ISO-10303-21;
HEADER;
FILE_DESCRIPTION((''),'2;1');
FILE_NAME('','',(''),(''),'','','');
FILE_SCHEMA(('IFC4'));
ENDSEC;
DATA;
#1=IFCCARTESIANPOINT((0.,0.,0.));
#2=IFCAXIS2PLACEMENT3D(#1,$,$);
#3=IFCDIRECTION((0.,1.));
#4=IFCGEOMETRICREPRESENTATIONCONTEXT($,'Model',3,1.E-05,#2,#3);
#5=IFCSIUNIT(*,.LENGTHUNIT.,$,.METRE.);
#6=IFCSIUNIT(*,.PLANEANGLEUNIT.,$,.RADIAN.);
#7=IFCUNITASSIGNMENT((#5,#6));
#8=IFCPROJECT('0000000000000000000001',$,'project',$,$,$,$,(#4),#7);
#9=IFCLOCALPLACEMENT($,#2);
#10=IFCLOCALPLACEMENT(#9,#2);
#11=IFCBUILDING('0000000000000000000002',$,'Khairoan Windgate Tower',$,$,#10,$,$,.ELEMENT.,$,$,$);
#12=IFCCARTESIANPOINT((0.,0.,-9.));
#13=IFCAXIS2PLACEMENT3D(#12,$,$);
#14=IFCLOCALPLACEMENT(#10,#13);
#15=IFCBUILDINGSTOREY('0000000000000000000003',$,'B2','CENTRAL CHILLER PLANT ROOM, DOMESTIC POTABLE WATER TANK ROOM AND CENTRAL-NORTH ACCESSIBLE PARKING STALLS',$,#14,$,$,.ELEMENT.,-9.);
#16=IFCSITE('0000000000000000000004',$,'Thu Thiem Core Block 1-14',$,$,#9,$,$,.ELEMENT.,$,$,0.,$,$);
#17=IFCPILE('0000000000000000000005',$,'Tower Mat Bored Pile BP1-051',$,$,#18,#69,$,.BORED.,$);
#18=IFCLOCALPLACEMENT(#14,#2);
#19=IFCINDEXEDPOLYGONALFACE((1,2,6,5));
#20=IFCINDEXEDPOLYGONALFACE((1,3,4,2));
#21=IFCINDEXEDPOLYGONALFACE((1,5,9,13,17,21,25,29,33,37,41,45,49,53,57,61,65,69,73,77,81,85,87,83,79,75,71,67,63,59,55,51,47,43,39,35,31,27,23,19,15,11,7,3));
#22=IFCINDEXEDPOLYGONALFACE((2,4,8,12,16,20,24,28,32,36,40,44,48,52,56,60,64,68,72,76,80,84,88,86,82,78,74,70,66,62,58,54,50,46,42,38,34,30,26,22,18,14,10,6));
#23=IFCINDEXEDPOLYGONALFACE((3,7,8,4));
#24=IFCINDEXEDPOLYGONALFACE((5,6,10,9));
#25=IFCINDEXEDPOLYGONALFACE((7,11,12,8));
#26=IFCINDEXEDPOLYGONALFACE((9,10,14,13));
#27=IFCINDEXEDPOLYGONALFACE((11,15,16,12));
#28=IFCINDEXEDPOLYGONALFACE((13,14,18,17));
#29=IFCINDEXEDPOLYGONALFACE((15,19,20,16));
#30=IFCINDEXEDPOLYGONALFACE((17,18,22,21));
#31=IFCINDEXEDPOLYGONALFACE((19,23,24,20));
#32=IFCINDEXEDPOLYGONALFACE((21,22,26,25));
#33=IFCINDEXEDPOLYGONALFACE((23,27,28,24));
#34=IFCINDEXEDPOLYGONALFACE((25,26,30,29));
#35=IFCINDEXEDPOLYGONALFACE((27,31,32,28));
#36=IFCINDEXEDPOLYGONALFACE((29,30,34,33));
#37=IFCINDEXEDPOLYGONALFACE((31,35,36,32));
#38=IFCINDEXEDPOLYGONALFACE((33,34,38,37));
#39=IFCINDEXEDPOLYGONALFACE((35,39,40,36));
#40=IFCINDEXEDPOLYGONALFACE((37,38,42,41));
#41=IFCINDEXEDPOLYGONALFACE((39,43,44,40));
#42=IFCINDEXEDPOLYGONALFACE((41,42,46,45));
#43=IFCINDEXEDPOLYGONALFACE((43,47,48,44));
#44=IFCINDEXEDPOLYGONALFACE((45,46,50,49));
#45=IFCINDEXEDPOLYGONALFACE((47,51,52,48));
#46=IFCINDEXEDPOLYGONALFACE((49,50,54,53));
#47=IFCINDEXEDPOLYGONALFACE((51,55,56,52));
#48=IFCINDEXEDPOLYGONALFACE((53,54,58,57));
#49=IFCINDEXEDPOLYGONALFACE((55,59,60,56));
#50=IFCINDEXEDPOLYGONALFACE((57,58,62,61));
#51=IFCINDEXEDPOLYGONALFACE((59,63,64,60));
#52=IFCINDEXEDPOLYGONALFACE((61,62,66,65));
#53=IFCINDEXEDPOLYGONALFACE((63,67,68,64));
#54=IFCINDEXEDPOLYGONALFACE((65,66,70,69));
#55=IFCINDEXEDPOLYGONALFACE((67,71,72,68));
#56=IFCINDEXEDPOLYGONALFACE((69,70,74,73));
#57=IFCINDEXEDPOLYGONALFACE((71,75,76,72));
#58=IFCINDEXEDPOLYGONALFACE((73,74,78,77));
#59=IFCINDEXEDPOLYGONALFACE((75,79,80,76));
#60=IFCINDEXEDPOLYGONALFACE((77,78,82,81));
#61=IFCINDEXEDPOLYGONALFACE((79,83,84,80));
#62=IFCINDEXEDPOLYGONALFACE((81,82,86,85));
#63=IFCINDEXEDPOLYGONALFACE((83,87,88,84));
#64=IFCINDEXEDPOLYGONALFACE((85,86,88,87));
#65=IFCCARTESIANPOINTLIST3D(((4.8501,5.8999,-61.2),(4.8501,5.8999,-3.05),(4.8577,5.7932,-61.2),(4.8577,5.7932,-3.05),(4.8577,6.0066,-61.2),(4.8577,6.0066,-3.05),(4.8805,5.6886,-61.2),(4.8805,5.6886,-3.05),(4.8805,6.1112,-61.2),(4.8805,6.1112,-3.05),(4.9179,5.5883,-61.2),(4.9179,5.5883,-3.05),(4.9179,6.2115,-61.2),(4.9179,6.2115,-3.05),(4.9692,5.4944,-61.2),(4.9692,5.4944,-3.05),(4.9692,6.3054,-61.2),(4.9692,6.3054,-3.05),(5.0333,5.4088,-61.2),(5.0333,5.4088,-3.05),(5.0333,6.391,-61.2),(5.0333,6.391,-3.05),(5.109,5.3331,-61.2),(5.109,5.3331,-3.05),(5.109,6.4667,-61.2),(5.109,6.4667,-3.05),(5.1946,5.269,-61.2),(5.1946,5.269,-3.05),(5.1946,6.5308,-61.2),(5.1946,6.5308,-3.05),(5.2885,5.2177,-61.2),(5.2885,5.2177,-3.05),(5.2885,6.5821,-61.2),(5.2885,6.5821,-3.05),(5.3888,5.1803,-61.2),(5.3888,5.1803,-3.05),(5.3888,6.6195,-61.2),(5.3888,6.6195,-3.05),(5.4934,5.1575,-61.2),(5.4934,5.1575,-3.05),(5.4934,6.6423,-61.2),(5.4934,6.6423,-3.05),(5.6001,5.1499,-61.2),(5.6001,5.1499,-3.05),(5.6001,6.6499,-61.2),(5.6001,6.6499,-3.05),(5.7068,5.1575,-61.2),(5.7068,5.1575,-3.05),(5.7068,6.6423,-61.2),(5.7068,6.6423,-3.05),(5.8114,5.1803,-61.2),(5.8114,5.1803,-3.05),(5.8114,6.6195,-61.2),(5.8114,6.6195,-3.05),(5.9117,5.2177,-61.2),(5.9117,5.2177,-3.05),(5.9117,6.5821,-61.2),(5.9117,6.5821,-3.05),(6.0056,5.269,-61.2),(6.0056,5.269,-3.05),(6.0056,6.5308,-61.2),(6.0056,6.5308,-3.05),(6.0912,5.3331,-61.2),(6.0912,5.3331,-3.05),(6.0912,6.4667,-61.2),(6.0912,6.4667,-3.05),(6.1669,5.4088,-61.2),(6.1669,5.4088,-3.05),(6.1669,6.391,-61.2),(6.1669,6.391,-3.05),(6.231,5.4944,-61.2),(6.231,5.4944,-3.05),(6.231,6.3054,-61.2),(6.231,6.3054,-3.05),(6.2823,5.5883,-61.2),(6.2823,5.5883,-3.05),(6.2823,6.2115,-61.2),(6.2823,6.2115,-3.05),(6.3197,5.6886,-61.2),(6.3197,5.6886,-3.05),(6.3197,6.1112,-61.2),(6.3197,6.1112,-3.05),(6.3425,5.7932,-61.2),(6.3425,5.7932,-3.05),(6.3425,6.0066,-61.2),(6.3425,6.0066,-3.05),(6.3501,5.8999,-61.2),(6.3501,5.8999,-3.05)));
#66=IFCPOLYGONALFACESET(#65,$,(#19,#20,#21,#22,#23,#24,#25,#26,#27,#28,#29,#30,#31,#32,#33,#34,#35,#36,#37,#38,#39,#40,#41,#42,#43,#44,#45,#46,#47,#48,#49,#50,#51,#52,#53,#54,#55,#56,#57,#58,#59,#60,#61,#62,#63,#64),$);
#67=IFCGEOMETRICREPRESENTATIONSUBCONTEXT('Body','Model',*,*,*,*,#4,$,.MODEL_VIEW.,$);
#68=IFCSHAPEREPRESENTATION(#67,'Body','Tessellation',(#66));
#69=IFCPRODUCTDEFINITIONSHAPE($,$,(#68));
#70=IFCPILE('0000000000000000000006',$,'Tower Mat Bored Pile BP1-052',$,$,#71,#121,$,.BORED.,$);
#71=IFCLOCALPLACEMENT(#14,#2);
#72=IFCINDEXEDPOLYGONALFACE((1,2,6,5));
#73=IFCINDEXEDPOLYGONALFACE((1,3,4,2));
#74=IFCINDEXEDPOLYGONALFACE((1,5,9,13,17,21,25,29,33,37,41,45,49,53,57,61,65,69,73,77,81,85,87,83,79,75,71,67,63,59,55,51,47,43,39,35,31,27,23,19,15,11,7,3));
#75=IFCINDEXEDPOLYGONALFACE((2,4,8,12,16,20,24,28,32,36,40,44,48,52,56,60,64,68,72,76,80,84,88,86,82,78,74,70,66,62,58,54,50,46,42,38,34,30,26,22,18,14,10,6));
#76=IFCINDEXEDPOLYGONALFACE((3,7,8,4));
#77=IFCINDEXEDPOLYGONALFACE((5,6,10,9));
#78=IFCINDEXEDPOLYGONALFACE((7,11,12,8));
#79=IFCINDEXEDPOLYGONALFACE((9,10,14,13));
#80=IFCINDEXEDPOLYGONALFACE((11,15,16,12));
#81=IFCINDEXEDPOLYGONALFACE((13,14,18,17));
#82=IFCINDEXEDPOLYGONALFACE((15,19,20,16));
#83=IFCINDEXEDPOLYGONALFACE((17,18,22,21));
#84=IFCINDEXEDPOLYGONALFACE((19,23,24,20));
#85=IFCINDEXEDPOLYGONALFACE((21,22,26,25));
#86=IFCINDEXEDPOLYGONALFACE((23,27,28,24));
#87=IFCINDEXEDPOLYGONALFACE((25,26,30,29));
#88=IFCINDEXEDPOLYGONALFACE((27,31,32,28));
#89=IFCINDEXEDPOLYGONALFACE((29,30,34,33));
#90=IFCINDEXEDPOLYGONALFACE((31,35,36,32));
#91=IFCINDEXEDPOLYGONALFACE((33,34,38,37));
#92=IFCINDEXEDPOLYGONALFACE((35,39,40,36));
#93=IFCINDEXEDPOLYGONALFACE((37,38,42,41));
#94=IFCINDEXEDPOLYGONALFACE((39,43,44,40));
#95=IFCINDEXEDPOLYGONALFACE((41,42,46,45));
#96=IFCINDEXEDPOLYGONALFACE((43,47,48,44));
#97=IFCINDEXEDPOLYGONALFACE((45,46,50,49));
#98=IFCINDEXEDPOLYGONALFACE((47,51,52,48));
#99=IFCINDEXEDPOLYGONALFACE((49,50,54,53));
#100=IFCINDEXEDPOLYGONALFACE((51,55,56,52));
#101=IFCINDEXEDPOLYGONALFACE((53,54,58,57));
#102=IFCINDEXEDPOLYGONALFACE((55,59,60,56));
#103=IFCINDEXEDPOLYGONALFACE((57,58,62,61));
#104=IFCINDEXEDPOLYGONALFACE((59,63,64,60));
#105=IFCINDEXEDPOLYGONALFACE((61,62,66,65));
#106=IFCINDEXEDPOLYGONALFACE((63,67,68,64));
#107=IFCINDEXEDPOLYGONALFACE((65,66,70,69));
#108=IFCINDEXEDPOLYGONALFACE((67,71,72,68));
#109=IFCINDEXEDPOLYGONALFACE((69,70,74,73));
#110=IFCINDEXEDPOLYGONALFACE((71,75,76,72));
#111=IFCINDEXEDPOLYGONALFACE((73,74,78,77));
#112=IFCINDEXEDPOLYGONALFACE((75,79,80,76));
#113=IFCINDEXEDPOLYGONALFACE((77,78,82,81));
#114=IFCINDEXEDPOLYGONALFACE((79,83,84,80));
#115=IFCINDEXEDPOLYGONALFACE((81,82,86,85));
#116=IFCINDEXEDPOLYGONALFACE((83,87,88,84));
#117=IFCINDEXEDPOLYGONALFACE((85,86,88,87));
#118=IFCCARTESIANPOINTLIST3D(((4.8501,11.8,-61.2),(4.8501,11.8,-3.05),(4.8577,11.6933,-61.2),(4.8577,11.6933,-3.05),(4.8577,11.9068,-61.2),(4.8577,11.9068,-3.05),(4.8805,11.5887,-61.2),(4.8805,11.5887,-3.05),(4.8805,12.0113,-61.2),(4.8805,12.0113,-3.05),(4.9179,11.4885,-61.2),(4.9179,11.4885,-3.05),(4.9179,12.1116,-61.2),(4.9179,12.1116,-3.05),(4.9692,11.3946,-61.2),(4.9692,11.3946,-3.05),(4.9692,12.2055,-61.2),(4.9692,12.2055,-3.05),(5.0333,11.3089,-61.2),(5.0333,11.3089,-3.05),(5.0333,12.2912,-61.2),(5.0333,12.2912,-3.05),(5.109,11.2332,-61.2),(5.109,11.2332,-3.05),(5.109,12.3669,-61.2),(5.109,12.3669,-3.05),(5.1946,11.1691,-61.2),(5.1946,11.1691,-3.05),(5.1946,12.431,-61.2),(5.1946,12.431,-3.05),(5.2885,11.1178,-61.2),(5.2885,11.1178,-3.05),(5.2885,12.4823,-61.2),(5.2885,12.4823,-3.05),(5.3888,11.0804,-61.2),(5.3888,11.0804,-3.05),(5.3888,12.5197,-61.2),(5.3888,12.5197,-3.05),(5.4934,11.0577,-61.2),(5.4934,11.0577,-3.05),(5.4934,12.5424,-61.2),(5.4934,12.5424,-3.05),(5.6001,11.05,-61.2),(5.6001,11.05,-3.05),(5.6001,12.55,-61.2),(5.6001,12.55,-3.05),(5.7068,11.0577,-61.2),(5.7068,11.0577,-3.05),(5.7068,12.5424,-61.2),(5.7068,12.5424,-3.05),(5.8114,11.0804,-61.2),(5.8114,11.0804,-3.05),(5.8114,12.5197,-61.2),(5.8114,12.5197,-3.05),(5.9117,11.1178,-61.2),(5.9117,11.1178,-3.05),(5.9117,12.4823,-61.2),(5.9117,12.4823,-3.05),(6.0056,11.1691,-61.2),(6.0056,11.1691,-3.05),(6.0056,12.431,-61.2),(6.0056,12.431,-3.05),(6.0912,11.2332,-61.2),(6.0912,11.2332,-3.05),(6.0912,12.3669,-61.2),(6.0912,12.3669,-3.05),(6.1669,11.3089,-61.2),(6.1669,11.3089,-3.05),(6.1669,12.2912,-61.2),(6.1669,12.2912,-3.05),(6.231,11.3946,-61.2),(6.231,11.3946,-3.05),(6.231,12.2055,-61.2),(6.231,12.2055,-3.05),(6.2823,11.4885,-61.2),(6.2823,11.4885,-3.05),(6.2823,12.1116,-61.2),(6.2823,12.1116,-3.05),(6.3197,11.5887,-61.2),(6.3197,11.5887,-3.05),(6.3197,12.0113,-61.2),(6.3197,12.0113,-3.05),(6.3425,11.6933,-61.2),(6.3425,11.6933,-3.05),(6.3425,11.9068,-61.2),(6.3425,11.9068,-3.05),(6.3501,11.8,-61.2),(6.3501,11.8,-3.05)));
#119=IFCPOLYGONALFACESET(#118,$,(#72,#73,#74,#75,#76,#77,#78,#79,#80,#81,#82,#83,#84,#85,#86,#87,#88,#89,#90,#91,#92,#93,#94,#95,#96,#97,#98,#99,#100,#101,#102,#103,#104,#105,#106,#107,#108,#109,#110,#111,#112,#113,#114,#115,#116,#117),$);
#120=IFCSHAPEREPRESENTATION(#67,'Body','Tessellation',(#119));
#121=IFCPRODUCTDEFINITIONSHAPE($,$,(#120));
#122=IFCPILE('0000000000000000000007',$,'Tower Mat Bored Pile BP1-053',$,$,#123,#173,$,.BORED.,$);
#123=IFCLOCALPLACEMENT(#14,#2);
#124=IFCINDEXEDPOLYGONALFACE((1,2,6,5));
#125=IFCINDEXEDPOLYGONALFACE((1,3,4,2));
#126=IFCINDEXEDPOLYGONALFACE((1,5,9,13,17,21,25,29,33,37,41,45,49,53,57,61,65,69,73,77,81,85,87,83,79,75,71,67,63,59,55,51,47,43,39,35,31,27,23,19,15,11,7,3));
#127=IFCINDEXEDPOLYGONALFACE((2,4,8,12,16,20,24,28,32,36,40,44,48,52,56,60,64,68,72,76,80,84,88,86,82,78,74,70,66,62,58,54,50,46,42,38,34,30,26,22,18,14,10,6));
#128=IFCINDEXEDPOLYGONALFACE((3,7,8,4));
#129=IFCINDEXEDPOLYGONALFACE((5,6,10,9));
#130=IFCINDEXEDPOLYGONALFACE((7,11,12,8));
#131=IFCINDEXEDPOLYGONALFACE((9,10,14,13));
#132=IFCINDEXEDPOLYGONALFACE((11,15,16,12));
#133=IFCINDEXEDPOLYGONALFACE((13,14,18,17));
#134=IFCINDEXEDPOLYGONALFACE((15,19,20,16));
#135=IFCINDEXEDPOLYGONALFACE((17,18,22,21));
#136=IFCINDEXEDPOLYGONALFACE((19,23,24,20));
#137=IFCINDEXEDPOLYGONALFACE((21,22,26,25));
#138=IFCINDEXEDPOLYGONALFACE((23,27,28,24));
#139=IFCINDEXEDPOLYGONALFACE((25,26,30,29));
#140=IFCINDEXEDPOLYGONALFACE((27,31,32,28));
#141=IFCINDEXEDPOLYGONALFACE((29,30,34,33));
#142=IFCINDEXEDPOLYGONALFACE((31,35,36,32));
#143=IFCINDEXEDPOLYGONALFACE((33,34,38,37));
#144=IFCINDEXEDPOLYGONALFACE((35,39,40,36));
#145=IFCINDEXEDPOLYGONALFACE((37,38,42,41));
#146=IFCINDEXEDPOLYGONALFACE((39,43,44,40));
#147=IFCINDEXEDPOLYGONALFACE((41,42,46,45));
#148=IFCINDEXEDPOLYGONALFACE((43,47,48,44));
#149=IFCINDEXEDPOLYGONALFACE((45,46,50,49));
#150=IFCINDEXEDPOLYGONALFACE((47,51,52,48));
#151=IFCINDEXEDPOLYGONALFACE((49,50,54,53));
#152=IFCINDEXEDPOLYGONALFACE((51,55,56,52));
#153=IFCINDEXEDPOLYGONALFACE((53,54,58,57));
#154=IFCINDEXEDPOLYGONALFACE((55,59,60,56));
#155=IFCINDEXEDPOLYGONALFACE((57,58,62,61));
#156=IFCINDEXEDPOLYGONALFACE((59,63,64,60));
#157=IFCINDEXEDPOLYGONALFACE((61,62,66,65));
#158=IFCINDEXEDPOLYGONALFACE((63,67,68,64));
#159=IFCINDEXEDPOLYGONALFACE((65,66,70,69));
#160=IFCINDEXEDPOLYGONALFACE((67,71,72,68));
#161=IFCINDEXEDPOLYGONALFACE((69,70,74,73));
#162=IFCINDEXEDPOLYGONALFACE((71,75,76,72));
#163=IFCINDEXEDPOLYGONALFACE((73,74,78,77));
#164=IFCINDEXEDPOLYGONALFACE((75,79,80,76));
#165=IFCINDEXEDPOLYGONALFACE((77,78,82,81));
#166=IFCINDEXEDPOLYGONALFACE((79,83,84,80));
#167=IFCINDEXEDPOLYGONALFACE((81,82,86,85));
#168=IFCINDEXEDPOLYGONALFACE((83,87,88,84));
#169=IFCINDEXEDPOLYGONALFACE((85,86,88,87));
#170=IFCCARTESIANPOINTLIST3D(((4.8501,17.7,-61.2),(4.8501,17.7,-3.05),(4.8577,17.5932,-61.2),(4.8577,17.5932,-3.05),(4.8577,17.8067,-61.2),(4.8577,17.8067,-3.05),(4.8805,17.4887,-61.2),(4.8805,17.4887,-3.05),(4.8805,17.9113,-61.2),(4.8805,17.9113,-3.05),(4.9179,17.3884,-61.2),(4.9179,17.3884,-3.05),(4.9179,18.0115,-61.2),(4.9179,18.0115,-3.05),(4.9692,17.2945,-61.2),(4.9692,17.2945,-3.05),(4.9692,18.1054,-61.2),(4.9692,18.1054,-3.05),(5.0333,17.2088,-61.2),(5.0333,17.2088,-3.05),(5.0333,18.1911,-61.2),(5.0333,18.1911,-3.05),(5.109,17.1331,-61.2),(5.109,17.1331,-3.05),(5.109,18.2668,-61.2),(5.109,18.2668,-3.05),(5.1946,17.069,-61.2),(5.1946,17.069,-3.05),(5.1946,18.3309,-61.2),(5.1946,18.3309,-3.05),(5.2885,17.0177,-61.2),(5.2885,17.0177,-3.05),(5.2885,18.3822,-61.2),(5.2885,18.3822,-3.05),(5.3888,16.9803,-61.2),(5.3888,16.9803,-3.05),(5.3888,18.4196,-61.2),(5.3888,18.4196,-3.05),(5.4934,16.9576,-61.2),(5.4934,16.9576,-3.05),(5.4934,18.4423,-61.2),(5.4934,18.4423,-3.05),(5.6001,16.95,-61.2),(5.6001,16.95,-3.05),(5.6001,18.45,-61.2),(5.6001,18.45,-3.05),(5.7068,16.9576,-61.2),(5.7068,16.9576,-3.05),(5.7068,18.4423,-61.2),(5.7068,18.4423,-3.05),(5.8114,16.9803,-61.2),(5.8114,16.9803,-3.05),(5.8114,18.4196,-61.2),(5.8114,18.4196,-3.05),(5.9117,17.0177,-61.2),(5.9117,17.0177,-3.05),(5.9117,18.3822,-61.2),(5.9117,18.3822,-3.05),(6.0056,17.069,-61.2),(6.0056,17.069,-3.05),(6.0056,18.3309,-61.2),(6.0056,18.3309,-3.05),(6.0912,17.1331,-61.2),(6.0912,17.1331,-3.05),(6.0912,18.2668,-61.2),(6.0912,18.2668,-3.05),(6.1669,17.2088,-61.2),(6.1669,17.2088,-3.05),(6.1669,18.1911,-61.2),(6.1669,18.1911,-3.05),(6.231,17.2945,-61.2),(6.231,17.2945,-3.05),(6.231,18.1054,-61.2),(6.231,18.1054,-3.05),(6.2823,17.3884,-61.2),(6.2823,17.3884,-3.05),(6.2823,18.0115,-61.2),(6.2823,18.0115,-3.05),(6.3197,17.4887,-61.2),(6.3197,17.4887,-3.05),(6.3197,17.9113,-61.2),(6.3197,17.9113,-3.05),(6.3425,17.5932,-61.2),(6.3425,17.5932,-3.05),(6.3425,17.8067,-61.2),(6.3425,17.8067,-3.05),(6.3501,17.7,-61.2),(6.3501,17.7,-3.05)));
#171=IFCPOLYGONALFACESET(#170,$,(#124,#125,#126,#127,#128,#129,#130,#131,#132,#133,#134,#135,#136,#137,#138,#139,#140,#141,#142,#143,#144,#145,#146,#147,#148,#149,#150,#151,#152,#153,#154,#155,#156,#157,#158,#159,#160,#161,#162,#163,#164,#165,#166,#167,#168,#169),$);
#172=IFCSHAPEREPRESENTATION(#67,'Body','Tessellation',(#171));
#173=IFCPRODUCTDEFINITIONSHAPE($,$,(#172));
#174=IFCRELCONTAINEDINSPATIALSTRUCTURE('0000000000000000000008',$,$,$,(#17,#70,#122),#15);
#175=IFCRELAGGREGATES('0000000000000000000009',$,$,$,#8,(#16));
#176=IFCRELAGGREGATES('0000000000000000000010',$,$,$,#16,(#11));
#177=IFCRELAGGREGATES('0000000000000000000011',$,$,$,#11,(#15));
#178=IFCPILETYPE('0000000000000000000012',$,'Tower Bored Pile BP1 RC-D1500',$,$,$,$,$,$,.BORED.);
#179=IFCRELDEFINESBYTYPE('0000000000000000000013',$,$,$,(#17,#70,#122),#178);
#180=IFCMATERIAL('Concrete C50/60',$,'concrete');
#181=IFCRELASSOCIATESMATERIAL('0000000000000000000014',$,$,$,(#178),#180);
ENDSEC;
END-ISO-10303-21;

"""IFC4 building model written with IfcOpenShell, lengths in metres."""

from ifc_helpers import new_model, si_unit, direction, frame, origin, origin_2d, place, context, subcontext, project, spatial, circle, extrude, material, material_profile, profile_set, type_object, element, save


model = new_model("IFC4")

# Units and contexts
model_context = context("Model", 3, precision=1e-05, world=origin(), true_north=direction((0.0, 1.0)))
body_context = subcontext(model_context, "Body", "Model", "MODEL_VIEW")
ifc_project = project(units=[si_unit("LENGTHUNIT", "METRE"), si_unit("PLANEANGLEUNIT", "RADIAN")], contexts=[model_context])

# Site, building, storey
site_placement = place(None, origin())
site = spatial("IfcSite", under=ifc_project, at=site_placement, Name="Thu Thiem Core Block 1-14", CompositionType="ELEMENT", RefElevation=0.0)
building_placement = place(site_placement, origin())
building = spatial("IfcBuilding", under=site, at=building_placement, Name="Khairoan Windgate Tower", CompositionType="ELEMENT")
storey_placement = place(building_placement, frame((0.0, 0.0, -9.0)))
storey = spatial("IfcBuildingStorey", under=building, at=storey_placement, Name="B2", Description="CENTRAL CHILLER PLANT ROOM, DOMESTIC POTABLE WATER TANK ROOM AND CENTRAL-NORTH ACCESSIBLE PARKING STALLS", CompositionType="ELEMENT", Elevation=-9.0)

# Piles
ifc_material_1 = material(Name="Concrete C50/60", Category="concrete")
ifc_material_profile_1 = material_profile(ifc_material_1, circle(Radius=0.75, at=origin_2d()))
ifc_profile_set_1 = profile_set([ifc_material_profile_1], Name="Concrete C50/60")
pile_type = type_object("IfcPileType", Name="Tower Bored Pile BP1 RC-D1500", PredefinedType="BORED", material=ifc_profile_set_1)
for number, where, z_axis, x_axis, name in (
    (1, (5.6001, 5.8999, -3.05), (0.0, 0.0, -1.0), (1.0, 0.0, 0.0), "Tower Mat Bored Pile BP1-051"),
    (2, (5.6001, 11.8, -3.05), (0.0, 0.0, -1.0), (1.0, 0.0, 0.0), "Tower Mat Bored Pile BP1-052"),
    (3, (5.6001, 17.7, -3.05), (0.0, 0.0, -1.0), (1.0, 0.0, 0.0), "Tower Mat Bored Pile BP1-053"),
):
    element("IfcPile", number, at=place(storey_placement, frame(where, z_axis=z_axis, x_axis=x_axis)), inside=storey, type_object=pile_type, Name=name, PredefinedType="BORED", context=body_context, shape_type="SweptSolid", body=[
        extrude(circle(Radius=0.75, at=origin_2d()), origin(), (0.0, 0.0, 1.0), 58.1499),
    ])

save(model, "model.ifc")
